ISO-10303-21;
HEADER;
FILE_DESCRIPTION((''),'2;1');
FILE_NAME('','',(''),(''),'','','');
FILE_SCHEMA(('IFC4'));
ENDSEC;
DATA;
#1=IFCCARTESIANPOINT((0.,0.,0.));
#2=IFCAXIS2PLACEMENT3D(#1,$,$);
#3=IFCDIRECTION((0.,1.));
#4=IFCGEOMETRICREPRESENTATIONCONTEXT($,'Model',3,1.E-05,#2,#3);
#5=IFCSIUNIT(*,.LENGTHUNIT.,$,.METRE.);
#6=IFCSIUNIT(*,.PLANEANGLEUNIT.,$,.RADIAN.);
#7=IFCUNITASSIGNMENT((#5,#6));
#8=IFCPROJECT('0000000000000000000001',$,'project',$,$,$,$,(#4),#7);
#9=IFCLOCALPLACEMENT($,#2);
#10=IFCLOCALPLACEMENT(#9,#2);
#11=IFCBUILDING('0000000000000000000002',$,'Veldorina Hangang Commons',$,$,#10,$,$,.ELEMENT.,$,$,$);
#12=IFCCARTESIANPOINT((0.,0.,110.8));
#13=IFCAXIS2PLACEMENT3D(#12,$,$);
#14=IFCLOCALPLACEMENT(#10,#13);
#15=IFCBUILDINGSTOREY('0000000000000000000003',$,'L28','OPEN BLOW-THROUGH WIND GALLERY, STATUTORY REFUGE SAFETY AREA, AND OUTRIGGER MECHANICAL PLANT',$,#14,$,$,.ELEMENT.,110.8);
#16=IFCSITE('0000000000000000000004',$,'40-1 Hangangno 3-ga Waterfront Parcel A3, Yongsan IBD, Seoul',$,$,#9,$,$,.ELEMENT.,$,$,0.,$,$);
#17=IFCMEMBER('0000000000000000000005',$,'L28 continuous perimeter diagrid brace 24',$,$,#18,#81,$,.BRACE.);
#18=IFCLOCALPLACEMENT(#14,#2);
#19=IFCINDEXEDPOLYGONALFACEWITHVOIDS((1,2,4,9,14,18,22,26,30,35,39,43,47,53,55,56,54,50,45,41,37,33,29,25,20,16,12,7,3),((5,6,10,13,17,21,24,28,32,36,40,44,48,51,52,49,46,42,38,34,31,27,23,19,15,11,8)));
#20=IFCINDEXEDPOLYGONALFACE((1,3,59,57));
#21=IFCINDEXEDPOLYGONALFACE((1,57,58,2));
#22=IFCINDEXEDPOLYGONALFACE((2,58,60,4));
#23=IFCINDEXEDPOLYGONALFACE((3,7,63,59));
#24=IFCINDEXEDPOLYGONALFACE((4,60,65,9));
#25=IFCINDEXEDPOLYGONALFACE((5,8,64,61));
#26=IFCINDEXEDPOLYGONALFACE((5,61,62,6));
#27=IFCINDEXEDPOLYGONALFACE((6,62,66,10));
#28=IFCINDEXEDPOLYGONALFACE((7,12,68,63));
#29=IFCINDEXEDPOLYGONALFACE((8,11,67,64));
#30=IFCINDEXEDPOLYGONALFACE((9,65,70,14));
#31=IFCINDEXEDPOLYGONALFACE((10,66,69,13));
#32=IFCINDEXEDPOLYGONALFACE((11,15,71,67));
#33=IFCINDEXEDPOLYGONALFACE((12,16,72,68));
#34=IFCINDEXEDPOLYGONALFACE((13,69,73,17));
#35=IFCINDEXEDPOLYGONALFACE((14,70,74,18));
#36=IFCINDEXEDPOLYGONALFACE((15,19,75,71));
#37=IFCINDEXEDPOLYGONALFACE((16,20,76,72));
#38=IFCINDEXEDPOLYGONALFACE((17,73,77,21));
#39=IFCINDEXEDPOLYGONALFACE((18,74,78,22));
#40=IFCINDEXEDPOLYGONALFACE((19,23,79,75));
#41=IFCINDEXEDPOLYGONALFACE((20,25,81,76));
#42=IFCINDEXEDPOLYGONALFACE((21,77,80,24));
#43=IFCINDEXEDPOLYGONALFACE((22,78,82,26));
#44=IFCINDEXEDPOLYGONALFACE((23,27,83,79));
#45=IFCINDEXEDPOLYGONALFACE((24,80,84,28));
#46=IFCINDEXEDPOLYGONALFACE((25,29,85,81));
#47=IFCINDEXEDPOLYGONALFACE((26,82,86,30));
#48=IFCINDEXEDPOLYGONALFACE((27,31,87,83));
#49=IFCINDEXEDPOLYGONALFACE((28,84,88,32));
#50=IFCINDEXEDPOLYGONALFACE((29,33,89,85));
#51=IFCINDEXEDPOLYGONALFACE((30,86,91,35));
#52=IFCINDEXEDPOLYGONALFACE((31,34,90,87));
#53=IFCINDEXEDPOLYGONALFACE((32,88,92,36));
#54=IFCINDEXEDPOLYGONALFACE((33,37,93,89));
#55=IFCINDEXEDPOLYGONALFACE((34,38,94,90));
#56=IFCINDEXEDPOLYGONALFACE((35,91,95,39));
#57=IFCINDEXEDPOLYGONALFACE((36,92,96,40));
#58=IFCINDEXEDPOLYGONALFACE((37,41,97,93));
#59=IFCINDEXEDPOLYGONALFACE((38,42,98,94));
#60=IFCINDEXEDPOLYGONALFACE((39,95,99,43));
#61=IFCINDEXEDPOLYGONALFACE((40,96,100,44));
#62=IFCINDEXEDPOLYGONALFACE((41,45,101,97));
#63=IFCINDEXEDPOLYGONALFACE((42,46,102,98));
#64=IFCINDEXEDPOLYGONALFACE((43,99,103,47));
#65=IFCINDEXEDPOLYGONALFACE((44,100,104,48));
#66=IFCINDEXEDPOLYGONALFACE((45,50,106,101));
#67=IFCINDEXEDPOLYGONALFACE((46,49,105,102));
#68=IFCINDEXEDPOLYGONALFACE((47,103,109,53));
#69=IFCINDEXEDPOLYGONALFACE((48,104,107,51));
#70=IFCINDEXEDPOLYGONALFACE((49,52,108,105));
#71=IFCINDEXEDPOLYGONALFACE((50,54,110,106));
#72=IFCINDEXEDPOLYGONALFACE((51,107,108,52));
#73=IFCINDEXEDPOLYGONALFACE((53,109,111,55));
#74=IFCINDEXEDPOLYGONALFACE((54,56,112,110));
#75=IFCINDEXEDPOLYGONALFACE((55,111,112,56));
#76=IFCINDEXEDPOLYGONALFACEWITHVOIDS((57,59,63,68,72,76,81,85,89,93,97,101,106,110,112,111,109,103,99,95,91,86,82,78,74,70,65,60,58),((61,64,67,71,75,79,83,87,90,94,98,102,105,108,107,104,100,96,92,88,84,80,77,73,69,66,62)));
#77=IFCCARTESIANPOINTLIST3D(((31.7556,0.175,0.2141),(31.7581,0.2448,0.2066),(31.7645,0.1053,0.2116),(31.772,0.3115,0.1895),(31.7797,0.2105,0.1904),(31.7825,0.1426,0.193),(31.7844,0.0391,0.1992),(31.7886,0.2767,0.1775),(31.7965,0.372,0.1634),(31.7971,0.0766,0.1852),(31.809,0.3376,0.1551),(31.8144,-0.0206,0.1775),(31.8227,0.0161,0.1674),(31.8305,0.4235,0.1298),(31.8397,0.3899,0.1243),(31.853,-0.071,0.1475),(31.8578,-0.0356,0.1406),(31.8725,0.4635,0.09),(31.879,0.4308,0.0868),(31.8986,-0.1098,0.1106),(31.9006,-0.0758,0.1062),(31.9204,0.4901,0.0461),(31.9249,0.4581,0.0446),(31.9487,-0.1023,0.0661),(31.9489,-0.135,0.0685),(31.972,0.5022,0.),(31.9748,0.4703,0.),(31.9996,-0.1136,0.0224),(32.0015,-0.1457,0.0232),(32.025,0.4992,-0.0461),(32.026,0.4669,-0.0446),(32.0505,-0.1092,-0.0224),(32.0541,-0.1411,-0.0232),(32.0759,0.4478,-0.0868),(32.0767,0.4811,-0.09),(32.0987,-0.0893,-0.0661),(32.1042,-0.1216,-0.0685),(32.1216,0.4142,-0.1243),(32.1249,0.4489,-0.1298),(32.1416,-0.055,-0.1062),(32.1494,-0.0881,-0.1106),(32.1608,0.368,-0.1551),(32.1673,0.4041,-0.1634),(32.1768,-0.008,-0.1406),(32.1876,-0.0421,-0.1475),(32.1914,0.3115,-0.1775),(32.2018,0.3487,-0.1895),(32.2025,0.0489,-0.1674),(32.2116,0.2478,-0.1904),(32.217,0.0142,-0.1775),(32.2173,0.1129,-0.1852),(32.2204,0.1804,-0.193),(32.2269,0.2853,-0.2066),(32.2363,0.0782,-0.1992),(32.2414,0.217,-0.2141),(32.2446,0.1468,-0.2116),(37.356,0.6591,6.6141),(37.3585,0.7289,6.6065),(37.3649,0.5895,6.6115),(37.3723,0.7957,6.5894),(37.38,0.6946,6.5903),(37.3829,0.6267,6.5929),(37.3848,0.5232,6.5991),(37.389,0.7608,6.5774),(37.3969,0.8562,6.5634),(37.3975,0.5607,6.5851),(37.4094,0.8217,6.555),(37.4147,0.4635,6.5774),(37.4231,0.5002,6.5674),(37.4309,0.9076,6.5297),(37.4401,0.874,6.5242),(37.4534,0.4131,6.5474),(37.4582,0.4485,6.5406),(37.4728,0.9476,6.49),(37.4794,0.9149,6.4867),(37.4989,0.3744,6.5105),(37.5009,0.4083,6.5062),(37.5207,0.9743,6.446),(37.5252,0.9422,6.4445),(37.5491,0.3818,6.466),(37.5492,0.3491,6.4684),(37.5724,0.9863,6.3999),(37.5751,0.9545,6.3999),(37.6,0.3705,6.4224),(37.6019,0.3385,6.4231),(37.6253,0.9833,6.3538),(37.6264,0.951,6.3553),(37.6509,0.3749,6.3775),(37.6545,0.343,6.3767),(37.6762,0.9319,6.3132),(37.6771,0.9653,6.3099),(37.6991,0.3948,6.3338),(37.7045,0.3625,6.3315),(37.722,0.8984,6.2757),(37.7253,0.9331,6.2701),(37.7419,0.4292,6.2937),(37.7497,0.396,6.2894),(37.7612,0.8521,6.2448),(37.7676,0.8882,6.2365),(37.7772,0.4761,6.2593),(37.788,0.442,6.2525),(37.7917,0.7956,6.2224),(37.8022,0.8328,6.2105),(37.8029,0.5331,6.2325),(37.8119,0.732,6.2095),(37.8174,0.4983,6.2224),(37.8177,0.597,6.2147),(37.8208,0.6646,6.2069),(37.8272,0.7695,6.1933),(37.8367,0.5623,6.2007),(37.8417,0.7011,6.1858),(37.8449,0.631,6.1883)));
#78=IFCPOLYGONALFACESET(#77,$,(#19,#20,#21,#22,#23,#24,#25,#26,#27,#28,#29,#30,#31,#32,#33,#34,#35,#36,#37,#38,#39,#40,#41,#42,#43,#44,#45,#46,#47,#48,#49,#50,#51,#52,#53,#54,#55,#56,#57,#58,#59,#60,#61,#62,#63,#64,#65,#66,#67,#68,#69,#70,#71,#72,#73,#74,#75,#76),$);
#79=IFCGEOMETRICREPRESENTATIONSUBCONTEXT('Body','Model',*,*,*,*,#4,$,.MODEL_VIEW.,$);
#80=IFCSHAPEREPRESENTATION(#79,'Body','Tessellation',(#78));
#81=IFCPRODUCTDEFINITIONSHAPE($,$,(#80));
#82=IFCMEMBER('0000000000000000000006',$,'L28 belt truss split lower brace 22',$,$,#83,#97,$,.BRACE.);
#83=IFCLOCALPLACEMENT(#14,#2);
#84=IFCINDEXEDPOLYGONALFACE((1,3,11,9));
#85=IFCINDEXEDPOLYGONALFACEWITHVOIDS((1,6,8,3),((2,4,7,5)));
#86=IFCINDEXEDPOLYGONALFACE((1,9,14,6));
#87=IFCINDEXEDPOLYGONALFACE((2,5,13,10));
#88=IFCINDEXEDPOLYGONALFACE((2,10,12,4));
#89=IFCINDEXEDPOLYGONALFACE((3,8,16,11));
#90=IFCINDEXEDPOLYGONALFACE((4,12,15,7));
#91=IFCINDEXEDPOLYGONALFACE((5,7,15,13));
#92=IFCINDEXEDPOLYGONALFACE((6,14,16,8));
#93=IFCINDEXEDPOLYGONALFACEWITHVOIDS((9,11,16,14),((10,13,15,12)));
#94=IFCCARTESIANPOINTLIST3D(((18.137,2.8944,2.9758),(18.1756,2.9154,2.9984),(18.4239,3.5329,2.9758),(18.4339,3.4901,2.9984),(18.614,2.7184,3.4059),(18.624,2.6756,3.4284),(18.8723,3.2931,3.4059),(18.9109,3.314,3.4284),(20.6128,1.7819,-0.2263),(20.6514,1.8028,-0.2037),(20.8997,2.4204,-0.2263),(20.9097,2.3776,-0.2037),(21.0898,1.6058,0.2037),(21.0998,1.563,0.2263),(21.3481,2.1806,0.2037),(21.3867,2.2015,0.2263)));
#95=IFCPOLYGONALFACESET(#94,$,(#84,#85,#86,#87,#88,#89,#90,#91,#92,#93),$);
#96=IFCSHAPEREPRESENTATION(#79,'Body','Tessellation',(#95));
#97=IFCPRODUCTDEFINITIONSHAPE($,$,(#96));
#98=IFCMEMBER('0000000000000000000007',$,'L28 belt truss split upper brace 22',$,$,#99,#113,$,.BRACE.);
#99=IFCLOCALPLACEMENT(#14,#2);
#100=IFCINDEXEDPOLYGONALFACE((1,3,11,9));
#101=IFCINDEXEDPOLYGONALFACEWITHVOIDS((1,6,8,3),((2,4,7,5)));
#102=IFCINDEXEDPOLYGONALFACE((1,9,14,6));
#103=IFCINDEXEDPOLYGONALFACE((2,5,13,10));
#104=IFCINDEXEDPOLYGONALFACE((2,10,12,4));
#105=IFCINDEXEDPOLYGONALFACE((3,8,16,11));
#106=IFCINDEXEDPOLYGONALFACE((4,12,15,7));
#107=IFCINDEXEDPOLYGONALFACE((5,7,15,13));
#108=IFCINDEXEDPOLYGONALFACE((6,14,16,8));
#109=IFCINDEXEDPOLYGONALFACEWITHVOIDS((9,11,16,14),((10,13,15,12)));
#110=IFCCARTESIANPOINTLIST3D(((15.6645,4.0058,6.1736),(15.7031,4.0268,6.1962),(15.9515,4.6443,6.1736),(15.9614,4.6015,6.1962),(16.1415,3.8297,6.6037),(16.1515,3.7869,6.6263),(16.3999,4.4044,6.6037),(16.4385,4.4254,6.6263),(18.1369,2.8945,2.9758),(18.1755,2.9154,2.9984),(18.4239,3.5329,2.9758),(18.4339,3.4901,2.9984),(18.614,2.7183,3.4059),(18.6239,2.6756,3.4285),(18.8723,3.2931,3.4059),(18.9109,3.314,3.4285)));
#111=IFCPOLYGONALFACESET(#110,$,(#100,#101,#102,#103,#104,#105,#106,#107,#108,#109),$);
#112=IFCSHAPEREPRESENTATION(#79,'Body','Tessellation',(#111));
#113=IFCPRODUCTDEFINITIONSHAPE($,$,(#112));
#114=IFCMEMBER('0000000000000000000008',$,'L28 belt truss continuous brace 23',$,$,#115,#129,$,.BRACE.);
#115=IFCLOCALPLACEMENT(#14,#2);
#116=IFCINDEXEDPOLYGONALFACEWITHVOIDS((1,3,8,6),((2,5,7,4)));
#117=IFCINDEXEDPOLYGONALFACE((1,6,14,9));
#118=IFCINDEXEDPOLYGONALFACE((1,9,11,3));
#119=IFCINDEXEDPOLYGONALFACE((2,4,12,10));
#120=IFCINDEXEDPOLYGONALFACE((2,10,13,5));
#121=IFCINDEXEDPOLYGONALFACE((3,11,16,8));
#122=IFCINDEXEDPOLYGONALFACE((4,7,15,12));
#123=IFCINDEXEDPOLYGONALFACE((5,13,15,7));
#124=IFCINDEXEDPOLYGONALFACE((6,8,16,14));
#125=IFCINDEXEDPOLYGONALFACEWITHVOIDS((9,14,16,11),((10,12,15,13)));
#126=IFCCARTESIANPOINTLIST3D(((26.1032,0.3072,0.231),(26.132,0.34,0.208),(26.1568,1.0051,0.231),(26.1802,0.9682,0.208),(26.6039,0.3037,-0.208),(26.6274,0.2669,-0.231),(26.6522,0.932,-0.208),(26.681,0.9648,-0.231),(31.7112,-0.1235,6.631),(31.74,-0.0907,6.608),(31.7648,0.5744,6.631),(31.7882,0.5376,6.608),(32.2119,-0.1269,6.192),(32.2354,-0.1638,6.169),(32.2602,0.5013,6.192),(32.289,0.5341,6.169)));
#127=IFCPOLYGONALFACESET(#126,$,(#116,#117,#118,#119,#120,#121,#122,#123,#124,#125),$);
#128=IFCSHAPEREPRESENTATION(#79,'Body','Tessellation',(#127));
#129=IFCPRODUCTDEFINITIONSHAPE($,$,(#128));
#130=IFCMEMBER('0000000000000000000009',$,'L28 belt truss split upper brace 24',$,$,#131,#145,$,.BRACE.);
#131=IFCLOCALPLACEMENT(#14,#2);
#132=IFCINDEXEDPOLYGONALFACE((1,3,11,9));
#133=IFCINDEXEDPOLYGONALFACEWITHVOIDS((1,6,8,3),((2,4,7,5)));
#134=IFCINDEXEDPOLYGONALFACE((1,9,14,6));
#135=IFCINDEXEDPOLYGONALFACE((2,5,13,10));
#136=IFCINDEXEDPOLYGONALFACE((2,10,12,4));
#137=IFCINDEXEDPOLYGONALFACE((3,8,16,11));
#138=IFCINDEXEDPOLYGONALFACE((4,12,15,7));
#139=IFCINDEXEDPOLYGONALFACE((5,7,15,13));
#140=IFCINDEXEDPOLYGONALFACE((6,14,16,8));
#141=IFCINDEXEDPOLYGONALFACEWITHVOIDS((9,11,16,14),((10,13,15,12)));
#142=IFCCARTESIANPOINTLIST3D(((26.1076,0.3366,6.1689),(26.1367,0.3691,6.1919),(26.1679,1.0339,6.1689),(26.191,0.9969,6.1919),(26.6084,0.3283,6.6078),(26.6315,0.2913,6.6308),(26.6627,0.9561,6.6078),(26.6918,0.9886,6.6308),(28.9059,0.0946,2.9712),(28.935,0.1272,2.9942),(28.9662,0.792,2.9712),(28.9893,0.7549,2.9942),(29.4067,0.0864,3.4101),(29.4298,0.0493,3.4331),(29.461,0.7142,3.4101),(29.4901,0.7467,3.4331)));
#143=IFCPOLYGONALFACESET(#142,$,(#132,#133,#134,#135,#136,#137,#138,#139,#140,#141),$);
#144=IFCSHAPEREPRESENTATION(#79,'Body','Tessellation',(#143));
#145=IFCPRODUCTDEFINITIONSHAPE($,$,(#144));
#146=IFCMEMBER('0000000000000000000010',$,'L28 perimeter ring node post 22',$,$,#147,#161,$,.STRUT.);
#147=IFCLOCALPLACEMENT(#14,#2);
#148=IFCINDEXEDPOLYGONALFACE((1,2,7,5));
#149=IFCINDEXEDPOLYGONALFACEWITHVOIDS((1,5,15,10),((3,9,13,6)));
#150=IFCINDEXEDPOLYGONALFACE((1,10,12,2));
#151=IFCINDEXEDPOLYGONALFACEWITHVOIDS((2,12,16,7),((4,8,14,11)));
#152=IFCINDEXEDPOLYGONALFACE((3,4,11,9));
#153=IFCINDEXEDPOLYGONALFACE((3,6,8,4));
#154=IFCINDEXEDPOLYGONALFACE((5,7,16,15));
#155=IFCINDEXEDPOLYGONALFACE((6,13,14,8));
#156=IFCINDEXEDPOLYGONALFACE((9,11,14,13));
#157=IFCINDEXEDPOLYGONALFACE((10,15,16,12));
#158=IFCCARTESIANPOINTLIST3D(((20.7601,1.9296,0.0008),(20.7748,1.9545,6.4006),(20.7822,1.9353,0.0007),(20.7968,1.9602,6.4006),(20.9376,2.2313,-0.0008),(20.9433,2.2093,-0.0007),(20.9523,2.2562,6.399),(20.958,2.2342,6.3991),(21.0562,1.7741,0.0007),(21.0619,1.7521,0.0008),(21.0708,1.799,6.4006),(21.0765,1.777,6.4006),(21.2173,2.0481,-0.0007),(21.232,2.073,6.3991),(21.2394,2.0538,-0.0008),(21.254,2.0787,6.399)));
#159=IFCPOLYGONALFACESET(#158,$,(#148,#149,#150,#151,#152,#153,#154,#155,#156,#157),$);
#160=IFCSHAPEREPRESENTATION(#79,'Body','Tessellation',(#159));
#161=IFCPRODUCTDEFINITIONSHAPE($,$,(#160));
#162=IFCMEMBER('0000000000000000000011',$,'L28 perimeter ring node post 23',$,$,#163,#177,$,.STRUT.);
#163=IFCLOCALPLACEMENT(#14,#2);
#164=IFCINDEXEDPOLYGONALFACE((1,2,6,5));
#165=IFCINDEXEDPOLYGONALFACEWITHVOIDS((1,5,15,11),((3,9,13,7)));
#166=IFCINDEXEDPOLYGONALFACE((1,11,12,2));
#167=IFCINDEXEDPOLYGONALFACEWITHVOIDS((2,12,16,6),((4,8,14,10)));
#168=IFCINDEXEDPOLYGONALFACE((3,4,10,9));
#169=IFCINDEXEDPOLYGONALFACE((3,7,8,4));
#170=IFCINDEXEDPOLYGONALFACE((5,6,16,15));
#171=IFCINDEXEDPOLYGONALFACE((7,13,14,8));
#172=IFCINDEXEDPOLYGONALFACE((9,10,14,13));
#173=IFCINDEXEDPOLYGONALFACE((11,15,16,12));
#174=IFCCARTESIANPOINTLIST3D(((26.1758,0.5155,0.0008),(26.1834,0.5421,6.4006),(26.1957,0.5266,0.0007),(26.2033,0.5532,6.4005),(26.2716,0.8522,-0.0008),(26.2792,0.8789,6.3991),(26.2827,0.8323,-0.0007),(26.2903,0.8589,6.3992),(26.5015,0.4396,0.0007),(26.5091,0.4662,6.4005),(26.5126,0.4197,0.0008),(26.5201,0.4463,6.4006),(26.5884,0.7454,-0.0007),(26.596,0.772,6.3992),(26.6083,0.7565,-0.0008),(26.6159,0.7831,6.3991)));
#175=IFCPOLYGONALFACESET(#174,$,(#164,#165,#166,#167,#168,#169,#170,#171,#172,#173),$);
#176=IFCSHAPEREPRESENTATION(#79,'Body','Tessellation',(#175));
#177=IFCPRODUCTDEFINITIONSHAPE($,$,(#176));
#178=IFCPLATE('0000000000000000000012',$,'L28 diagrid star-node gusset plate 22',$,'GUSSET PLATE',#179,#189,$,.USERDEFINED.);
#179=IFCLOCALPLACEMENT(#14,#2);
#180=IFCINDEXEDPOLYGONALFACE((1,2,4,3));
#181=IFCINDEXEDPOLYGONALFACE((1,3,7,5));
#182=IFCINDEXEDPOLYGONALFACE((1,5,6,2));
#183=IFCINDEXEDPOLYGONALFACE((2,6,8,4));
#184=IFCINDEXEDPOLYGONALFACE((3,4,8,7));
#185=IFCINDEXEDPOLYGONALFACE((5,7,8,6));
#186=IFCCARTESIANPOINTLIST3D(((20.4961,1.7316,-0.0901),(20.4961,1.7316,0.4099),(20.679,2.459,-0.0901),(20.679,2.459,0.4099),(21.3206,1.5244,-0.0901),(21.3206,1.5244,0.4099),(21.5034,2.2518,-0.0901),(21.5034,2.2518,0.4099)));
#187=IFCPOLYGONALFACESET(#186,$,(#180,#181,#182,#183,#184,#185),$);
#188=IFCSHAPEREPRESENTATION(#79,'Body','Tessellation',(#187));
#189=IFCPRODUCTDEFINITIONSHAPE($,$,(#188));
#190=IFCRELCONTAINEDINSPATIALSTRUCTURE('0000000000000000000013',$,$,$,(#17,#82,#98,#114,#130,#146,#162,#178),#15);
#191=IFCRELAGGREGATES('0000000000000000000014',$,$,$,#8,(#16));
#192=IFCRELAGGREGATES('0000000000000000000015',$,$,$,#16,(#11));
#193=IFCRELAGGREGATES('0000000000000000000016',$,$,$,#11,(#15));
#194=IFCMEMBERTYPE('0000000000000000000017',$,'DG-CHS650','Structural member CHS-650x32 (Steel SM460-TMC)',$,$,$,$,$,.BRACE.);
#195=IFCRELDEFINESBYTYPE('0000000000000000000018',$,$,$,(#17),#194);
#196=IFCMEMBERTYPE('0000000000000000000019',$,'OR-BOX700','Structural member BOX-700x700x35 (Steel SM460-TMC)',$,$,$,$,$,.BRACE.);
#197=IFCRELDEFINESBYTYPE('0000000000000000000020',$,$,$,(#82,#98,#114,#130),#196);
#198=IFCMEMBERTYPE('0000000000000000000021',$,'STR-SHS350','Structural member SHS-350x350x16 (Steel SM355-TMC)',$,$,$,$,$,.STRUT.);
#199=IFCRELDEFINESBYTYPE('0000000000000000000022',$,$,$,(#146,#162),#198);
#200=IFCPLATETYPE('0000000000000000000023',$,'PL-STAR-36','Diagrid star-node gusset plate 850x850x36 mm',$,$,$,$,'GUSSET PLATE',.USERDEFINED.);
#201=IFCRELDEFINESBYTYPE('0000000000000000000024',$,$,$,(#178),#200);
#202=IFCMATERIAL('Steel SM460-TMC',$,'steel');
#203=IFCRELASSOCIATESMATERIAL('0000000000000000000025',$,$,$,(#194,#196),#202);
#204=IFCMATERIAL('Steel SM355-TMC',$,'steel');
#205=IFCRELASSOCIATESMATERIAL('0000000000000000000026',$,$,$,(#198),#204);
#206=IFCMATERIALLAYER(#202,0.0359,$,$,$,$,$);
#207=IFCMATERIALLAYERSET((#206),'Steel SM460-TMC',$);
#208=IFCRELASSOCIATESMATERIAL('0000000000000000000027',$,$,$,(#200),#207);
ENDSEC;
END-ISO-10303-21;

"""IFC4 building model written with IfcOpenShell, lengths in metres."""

from ifc_helpers import new_model, si_unit, direction, frame, origin, origin_2d, place, context, subcontext, project, spatial, rectangle, hollow_rectangle, hollow_circle, extrude, material, layer, layer_set, material_profile, profile_set, type_object, element, save


model = new_model("IFC4")

# Units and contexts
model_context = context("Model", 3, precision=1e-05, world=origin(), true_north=direction((0.0, 1.0)))
body_context = subcontext(model_context, "Body", "Model", "MODEL_VIEW")
ifc_project = project(units=[si_unit("LENGTHUNIT", "METRE"), si_unit("PLANEANGLEUNIT", "RADIAN")], contexts=[model_context])

# Site, building, storey
site_placement = place(None, origin())
site = spatial("IfcSite", under=ifc_project, at=site_placement, Name="40-1 Hangangno 3-ga Waterfront Parcel A3, Yongsan IBD, Seoul", CompositionType="ELEMENT", RefElevation=0.0)
building_placement = place(site_placement, origin())
building = spatial("IfcBuilding", under=site, at=building_placement, Name="Veldorina Hangang Commons", CompositionType="ELEMENT")
storey_placement = place(building_placement, frame((0.0, 0.0, 110.8)))
storey = spatial("IfcBuildingStorey", under=building, at=storey_placement, Name="L28", Description="OPEN BLOW-THROUGH WIND GALLERY, STATUTORY REFUGE SAFETY AREA, AND OUTRIGGER MECHANICAL PLANT", CompositionType="ELEMENT", Elevation=110.8)

# Shared definitions
ifc_material_1 = material(Name="Steel SM460-TMC", Category="steel")
ifc_material_2 = material(Name="Steel SM355-TMC", Category="steel")

# Members
ifc_material_profile_1 = material_profile(ifc_material_1, hollow_circle(Radius=0.325, WallThickness=0.032, at=origin_2d()), Name="CHS-650x32")
ifc_profile_set_1 = profile_set([ifc_material_profile_1], Name="Steel SM460-TMC")
member_type_1 = type_object("IfcMemberType", Name="DG-CHS650", Description="Structural member CHS-650x32 (Steel SM460-TMC)", PredefinedType="BRACE", material=ifc_profile_set_1)
member_1_placement = place(storey_placement, frame((32.0, 0.1785, 0.0), z_axis=(0.657469, 0.056836, 0.751335), x_axis=(-0.086125, 0.996284, 0.0)))
element("IfcMember", 1, at=member_1_placement, inside=storey, type_object=member_type_1, Name="L28 continuous perimeter diagrid brace 24", PredefinedType="BRACE", context=body_context, shape_type="SweptSolid", body=[
    extrude(hollow_circle(Radius=0.325, WallThickness=0.032, at=origin_2d()), origin(), (0.0, 0.0, 1.0), 8.5181),
])
ifc_material_profile_2 = material_profile(ifc_material_1, hollow_rectangle(XDim=0.7, YDim=0.7, WallThickness=0.0349, at=origin_2d()), Name="BOX-700x700x35")
ifc_profile_set_2 = profile_set([ifc_material_profile_2], Name="Steel SM460-TMC")
member_type_2 = type_object("IfcMemberType", Name="OR-BOX700", Description="Structural member BOX-700x700x35 (Steel SM460-TMC)", PredefinedType="BRACE", material=ifc_profile_set_2)
member_2_placement = place(storey_placement, frame((20.9998, 1.9917, 0.0), z_axis=(-0.589797, 0.265033, 0.762822), x_axis=(-0.409882, -0.912138, 0.0)))
element("IfcMember", 2, at=member_2_placement, inside=storey, type_object=member_type_2, Name="L28 belt truss split lower brace 22", PredefinedType="BRACE", context=body_context, shape_type="SweptSolid", body=[
    extrude(hollow_rectangle(XDim=0.7, YDim=0.7, WallThickness=0.0349, at=origin_2d()), origin(), (0.0, 0.0, 1.0), 4.1978),
])
member_3_placement = place(storey_placement, frame((18.5239, 3.1042, 3.2021), z_axis=(-0.589782, 0.265102, 0.762809), x_axis=(-0.409979, -0.912095, 0.0)))
element("IfcMember", 3, at=member_3_placement, inside=storey, type_object=member_type_2, Name="L28 belt truss split upper brace 22", PredefinedType="BRACE", context=body_context, shape_type="SweptSolid", body=[
    extrude(hollow_rectangle(XDim=0.7, YDim=0.7, WallThickness=0.0349, at=origin_2d()), origin(), (0.0, 0.0, 1.0), 4.1921),
])
member_4_placement = place(storey_placement, frame((26.3921, 0.636, 0.0), z_axis=(0.658194, -0.050547, 0.751149), x_axis=(0.07657, 0.997064, 0.0)))
element("IfcMember", 4, at=member_4_placement, inside=storey, type_object=member_type_2, Name="L28 belt truss continuous brace 23", PredefinedType="BRACE", context=body_context, shape_type="SweptSolid", body=[
    extrude(hollow_rectangle(XDim=0.7, YDim=0.7, WallThickness=0.0349, at=origin_2d()), origin(), (0.0, 0.0, 1.0), 8.5203),
])
member_5_placement = place(storey_placement, frame((29.198, 0.4207, 3.2021), z_axis=(-0.65748, 0.056845, 0.751324), x_axis=(-0.086138, -0.996283, 0.0)))
element("IfcMember", 5, at=member_5_placement, inside=storey, type_object=member_type_2, Name="L28 belt truss split upper brace 24", PredefinedType="BRACE", context=body_context, shape_type="SweptSolid", body=[
    extrude(hollow_rectangle(XDim=0.7, YDim=0.7, WallThickness=0.0349, at=origin_2d()), origin(), (0.0, 0.0, 1.0), 4.2561),
])
ifc_material_profile_3 = material_profile(ifc_material_2, hollow_rectangle(XDim=0.3501, YDim=0.3501, WallThickness=0.0161, at=origin_2d()), Name="SHS-350x350x16")
ifc_profile_set_3 = profile_set([ifc_material_profile_3], Name="Steel SM355-TMC")
member_type_3 = type_object("IfcMemberType", Name="STR-SHS350", Description="Structural member SHS-350x350x16 (Steel SM355-TMC)", PredefinedType="STRUT", material=ifc_profile_set_3)
for number, where, z_axis, x_axis, name in (
    (6, (20.9998, 1.9917, 0.0), (0.002289, 0.003891, 0.99999), (-0.861934, 0.50702, 0.0), "L28 perimeter ring node post 22"),
    (7, (26.3921, 0.636, 0.0), (0.001183, 0.004158, 0.999991), (-0.961856, 0.273555, 0.0), "L28 perimeter ring node post 23"),
):
    element("IfcMember", number, at=place(storey_placement, frame(where, z_axis=z_axis, x_axis=x_axis)), inside=storey, type_object=member_type_3, Name=name, PredefinedType="STRUT", context=body_context, shape_type="SweptSolid", body=[
        extrude(hollow_rectangle(XDim=0.3501, YDim=0.3501, WallThickness=0.0161, at=origin_2d()), origin(), (0.0, 0.0, 1.0), 6.3999),
    ])

# Plate
ifc_layer_1 = layer(ifc_material_1, 0.0359)
ifc_layer_set_1 = layer_set([ifc_layer_1], Name="Steel SM460-TMC")
plate_type = type_object("IfcPlateType", Name="PL-STAR-36", Description="Diagrid star-node gusset plate 850x850x36 mm", ElementType="GUSSET PLATE", PredefinedType="USERDEFINED", material=ifc_layer_set_1)
plate_1_placement = place(storey_placement, frame((20.9998, 1.9917, -0.0901), z_axis=(0.0, 0.0, 1.0), x_axis=(0.969825, -0.243801, 0.0)))
element("IfcPlate", 8, at=plate_1_placement, inside=storey, type_object=plate_type, Name="L28 diagrid star-node gusset plate 22", ObjectType="GUSSET PLATE", PredefinedType="USERDEFINED", context=body_context, shape_type="SweptSolid", body=[
    extrude(rectangle(XDim=0.8501, YDim=0.75, at=origin_2d()), origin(), (0.0, 0.0, 1.0), 0.5),
])

save(model, "model.ifc")
